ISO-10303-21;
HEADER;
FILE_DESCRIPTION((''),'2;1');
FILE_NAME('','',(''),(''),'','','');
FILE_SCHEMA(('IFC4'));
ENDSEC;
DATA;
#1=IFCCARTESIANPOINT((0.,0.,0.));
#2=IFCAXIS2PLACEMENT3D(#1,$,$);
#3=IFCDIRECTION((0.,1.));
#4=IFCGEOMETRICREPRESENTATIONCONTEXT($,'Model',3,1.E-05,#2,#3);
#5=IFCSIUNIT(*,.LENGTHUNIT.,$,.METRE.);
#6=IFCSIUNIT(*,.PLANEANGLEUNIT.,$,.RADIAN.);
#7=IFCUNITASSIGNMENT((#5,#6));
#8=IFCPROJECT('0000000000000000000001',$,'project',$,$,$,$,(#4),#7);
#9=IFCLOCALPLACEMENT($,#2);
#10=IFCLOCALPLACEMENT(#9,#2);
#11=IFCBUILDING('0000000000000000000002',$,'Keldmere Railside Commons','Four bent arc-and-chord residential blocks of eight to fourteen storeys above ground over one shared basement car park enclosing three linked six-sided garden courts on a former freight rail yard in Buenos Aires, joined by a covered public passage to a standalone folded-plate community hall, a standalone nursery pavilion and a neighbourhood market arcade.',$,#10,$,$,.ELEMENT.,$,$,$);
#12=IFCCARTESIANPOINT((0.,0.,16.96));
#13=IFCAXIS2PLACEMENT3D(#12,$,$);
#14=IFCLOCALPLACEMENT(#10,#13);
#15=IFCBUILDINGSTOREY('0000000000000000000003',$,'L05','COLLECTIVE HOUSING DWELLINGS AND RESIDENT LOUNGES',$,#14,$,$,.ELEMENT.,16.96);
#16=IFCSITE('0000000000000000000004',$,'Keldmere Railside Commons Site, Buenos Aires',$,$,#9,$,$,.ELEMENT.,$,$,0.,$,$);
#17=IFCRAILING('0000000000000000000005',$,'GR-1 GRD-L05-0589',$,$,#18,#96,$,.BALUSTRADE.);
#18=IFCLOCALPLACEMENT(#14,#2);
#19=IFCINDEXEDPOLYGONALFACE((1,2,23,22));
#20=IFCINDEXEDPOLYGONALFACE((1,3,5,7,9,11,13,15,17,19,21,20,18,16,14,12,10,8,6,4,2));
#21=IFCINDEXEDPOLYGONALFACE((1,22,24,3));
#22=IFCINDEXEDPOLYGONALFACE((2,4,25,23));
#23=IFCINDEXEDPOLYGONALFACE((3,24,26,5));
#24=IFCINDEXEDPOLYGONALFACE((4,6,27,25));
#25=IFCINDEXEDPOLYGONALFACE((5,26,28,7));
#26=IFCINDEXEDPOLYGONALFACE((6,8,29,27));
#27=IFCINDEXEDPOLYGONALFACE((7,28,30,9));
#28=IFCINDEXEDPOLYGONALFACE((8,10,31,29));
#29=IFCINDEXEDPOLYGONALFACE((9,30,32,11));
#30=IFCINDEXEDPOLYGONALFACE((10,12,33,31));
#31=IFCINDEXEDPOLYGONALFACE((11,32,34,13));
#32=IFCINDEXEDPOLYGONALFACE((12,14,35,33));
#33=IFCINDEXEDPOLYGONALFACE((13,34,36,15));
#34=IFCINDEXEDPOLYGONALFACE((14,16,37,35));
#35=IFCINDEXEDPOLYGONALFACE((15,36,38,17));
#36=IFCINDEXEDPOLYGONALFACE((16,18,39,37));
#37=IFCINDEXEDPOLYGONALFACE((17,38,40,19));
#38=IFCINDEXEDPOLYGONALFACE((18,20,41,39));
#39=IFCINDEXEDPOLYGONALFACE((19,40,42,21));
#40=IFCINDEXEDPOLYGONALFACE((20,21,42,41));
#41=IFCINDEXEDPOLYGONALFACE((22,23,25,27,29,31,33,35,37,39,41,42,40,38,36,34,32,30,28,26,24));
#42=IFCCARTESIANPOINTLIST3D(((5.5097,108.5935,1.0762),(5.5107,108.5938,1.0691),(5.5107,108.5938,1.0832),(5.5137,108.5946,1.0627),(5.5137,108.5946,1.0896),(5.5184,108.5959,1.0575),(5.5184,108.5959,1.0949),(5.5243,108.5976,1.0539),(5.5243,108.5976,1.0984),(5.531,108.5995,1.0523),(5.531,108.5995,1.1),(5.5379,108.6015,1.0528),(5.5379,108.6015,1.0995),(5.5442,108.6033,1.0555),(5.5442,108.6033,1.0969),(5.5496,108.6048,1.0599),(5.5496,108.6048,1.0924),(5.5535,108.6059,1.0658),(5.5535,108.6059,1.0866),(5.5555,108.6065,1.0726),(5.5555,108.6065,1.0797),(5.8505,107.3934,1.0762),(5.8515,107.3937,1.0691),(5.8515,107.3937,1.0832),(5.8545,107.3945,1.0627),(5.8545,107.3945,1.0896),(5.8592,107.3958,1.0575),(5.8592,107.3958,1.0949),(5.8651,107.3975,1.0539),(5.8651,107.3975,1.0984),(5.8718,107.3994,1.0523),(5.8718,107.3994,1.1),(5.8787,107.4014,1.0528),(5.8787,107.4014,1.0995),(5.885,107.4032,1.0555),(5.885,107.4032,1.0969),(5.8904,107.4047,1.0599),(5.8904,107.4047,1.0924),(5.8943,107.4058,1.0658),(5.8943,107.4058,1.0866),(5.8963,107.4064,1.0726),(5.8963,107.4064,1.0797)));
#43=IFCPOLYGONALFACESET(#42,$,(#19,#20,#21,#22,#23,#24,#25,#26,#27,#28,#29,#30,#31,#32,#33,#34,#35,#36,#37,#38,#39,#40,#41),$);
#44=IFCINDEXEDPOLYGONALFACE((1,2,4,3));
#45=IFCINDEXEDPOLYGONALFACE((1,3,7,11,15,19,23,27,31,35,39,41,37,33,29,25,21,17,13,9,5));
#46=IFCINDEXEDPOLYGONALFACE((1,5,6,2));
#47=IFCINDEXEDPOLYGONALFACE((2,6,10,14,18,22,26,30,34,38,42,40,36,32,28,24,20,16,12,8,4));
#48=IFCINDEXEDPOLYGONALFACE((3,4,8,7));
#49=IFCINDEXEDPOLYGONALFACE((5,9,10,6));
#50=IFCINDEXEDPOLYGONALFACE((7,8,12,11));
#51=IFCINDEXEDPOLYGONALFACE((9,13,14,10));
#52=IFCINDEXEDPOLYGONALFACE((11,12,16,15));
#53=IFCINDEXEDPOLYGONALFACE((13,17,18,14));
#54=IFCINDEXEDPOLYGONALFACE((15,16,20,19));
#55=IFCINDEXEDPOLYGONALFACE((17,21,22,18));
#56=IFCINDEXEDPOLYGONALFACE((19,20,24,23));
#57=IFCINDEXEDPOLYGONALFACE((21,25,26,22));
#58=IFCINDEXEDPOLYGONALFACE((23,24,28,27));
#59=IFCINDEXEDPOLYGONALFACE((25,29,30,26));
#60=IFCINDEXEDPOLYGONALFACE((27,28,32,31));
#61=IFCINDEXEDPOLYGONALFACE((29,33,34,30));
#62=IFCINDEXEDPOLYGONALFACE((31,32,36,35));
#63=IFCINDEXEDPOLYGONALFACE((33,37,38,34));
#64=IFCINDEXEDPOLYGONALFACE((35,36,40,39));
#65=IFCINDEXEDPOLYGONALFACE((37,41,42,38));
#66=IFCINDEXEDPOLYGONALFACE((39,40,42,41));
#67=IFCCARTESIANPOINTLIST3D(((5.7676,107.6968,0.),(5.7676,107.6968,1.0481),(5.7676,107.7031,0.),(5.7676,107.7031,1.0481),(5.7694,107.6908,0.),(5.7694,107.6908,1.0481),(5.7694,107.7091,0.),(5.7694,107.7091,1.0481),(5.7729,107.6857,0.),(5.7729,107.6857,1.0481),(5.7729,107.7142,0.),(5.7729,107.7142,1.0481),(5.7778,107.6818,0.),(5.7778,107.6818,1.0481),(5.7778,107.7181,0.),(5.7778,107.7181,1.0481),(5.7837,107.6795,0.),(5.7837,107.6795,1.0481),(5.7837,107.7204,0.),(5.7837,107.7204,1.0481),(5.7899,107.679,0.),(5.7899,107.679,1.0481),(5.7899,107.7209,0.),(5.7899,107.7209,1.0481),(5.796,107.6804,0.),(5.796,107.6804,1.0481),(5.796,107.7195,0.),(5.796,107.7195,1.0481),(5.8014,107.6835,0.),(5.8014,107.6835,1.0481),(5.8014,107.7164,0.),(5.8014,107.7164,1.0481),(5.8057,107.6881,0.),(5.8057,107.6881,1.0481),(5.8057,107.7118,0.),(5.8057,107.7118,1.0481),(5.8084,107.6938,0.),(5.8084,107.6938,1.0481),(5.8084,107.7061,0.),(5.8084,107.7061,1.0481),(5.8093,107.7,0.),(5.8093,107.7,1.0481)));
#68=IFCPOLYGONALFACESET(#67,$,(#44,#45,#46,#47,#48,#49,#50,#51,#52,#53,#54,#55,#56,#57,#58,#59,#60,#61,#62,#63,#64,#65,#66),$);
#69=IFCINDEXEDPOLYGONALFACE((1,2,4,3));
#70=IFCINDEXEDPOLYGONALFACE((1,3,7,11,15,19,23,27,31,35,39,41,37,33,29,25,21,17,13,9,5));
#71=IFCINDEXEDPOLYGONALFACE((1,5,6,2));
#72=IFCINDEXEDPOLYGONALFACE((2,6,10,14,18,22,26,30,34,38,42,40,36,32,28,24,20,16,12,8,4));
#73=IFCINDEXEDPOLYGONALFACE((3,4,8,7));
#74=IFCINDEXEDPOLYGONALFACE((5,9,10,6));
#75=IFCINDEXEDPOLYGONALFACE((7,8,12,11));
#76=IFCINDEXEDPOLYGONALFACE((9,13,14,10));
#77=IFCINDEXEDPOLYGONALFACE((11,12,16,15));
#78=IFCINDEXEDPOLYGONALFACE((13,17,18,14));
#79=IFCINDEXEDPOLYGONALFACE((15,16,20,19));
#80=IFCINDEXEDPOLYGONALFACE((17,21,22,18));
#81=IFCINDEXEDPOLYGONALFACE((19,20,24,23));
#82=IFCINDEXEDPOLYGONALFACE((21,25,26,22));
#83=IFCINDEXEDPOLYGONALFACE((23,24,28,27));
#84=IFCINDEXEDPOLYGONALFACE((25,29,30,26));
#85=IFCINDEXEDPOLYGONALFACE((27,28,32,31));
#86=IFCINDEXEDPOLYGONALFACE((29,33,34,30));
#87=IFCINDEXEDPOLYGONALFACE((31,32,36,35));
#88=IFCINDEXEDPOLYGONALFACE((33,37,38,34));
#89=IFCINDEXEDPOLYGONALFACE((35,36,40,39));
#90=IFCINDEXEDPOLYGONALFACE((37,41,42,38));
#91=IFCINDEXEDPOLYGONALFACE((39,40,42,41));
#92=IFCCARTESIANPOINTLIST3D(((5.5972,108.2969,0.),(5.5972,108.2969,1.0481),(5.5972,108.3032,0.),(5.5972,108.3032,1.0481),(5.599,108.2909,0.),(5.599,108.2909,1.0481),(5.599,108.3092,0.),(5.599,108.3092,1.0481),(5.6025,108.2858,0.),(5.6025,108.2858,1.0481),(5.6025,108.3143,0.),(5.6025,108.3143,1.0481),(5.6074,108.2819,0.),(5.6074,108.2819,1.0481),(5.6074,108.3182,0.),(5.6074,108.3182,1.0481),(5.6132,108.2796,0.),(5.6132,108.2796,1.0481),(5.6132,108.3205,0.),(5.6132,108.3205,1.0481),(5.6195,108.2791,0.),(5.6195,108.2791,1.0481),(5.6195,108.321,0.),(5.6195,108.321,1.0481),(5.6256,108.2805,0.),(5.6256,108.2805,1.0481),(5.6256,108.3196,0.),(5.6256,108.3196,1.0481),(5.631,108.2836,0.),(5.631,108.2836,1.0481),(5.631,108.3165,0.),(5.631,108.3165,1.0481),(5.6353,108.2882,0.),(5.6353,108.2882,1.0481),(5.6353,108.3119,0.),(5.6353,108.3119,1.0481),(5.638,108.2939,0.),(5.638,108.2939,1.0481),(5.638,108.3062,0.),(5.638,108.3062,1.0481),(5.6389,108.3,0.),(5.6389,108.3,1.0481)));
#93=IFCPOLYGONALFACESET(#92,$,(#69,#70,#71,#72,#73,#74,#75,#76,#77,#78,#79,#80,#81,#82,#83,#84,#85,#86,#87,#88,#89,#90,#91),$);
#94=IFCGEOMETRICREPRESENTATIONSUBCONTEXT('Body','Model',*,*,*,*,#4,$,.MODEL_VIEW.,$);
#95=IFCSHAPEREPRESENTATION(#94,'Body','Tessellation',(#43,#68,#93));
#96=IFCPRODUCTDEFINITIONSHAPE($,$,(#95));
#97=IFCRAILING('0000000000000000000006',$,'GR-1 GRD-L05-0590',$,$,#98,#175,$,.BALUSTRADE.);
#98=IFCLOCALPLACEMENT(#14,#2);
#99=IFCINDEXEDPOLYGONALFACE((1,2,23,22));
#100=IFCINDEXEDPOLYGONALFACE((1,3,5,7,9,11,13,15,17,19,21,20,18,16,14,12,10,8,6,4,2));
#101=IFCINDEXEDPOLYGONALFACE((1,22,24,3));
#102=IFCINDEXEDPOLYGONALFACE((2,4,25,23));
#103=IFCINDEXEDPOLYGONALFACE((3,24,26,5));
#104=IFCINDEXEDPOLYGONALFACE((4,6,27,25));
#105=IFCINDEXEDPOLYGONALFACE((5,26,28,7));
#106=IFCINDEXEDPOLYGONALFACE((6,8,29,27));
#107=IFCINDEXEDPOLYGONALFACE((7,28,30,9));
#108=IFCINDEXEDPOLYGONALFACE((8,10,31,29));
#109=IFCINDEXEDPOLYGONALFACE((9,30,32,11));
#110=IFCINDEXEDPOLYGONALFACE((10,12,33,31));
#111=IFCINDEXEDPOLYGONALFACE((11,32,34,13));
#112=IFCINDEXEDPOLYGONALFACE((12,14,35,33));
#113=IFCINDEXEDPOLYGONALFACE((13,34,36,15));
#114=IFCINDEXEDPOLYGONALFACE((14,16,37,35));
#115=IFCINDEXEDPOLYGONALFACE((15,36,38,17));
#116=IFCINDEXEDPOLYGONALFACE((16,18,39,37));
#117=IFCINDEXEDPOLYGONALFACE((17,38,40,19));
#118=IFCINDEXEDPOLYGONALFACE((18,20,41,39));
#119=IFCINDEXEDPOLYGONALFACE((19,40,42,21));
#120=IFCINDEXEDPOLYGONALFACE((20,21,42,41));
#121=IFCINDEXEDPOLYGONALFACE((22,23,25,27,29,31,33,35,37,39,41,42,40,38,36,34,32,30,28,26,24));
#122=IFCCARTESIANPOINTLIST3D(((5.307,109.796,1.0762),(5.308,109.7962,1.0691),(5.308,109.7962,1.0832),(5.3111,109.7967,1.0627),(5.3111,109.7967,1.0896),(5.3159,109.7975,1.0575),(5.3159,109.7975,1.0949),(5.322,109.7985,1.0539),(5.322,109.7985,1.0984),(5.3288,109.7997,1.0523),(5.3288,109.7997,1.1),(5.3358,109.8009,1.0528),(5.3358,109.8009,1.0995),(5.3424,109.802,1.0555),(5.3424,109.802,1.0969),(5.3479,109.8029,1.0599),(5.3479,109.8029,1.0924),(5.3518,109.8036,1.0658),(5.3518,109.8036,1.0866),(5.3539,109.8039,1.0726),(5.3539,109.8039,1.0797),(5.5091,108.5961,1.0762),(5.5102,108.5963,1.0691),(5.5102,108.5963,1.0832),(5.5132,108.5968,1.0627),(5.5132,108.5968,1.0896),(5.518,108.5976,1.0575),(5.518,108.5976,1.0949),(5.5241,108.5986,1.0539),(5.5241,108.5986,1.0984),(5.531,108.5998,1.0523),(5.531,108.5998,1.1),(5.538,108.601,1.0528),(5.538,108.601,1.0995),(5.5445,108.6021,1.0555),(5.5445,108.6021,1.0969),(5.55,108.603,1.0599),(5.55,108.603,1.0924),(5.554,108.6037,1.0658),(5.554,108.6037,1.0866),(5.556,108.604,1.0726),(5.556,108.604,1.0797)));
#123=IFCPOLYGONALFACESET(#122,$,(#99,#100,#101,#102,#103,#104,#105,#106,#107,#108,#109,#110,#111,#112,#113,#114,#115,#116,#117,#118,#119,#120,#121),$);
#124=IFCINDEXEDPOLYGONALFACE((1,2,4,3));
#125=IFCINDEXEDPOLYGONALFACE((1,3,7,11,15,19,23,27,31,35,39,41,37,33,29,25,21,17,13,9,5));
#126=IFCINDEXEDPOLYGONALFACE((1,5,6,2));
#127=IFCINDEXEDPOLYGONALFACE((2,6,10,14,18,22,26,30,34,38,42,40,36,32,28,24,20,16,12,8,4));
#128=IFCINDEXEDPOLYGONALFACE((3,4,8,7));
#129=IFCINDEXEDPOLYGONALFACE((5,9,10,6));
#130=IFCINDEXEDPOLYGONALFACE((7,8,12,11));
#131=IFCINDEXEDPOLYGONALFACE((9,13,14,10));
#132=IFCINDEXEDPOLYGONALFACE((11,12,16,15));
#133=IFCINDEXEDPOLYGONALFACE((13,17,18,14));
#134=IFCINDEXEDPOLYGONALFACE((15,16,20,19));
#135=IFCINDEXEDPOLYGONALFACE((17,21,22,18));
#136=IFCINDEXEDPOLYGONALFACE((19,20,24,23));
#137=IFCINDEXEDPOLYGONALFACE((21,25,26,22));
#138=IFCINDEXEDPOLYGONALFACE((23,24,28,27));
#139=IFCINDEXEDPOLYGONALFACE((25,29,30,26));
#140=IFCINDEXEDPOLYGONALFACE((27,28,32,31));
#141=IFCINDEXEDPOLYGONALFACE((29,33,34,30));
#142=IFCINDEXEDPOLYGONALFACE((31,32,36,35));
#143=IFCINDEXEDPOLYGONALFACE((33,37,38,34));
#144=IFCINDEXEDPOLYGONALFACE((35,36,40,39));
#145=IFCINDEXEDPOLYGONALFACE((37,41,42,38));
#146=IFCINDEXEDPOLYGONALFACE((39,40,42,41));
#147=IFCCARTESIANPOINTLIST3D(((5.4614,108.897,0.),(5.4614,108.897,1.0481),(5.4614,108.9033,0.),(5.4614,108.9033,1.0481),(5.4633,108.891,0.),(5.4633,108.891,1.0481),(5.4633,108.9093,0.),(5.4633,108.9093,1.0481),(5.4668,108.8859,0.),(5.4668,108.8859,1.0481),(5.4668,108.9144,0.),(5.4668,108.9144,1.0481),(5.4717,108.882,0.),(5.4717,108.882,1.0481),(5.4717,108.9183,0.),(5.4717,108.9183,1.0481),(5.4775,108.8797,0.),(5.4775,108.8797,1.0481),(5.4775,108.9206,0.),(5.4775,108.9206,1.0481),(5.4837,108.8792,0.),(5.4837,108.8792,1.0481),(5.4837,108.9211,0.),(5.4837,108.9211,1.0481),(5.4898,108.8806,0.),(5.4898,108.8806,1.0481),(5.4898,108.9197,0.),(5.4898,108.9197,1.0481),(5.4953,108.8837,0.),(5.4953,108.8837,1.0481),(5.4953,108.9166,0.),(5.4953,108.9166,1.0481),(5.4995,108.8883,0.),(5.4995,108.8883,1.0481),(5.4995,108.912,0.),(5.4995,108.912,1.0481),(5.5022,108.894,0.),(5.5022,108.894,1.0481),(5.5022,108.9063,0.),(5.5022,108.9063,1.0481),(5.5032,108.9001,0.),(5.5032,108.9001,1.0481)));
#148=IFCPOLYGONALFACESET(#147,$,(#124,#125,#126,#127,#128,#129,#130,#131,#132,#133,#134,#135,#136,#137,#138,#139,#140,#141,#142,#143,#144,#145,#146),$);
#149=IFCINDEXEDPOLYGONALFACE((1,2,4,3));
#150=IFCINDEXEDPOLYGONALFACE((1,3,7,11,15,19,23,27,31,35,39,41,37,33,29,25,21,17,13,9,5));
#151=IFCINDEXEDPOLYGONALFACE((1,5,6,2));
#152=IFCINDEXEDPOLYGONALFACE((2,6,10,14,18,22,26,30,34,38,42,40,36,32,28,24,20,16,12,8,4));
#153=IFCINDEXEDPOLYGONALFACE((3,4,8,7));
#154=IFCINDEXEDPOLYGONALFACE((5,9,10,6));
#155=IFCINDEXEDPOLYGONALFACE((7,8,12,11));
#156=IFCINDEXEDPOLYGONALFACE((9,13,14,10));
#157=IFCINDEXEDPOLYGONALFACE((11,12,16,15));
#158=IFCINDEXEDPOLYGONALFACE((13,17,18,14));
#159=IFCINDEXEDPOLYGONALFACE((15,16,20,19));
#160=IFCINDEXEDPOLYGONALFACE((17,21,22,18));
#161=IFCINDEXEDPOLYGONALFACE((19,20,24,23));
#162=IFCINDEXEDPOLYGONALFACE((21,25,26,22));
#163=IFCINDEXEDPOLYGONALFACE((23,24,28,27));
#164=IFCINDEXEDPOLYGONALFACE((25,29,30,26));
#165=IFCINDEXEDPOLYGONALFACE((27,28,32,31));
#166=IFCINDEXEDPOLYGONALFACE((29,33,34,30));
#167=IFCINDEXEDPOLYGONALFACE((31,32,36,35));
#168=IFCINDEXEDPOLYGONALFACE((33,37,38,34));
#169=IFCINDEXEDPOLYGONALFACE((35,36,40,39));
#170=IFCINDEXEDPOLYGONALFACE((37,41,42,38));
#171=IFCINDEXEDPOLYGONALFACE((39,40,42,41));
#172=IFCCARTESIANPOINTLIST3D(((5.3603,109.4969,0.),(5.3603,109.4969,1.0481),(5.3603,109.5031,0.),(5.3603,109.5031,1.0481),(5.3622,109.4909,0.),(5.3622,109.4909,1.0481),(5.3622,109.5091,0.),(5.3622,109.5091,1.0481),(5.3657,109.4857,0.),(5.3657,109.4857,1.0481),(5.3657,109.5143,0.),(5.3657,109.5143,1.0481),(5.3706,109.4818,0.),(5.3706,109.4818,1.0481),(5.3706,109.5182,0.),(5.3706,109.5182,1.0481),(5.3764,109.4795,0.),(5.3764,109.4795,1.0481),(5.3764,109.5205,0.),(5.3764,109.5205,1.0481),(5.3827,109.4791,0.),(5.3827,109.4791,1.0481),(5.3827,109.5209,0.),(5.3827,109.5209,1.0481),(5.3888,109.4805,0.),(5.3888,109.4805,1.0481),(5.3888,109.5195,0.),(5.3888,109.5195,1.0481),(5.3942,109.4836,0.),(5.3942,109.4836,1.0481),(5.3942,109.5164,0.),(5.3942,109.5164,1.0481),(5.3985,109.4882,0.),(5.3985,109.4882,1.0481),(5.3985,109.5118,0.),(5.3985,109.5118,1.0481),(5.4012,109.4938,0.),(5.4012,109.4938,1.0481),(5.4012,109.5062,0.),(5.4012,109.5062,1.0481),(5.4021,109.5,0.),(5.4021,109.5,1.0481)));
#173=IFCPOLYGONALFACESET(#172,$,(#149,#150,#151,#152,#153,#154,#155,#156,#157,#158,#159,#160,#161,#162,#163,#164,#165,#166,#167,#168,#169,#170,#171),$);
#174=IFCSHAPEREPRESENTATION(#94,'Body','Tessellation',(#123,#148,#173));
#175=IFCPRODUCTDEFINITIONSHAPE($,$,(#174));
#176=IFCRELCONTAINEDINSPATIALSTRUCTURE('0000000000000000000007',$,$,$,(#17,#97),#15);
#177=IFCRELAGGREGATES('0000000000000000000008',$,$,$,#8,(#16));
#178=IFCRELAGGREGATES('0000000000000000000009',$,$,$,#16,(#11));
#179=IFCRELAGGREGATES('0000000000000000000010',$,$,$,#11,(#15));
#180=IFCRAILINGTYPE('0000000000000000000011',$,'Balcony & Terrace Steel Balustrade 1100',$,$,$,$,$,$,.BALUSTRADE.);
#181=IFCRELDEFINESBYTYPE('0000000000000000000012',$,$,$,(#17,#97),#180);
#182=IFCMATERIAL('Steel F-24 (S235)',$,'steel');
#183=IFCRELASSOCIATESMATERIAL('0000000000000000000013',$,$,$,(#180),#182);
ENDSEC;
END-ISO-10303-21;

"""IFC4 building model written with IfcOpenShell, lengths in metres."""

from ifc_helpers import new_model, si_unit, direction, frame, origin, origin_2d, place, context, subcontext, project, spatial, circle, extrude, material, type_object, element, save


model = new_model("IFC4")

# Units and contexts
model_context = context("Model", 3, precision=1e-05, world=origin(), true_north=direction((0.0, 1.0)))
body_context = subcontext(model_context, "Body", "Model", "MODEL_VIEW")
ifc_project = project(units=[si_unit("LENGTHUNIT", "METRE"), si_unit("PLANEANGLEUNIT", "RADIAN")], contexts=[model_context])

# Site, building, storey
site_placement = place(None, origin())
site = spatial("IfcSite", under=ifc_project, at=site_placement, Name="Keldmere Railside Commons Site, Buenos Aires", CompositionType="ELEMENT", RefElevation=0.0)
building_placement = place(site_placement, origin())
building = spatial("IfcBuilding", under=site, at=building_placement, Name="Keldmere Railside Commons", Description="Four bent arc-and-chord residential blocks of eight to fourteen storeys above ground over one shared basement car park enclosing three linked six-sided garden courts on a former freight rail yard in Buenos Aires, joined by a covered public passage to a standalone folded-plate community hall, a standalone nursery pavilion and a neighbourhood market arcade.", CompositionType="ELEMENT")
storey_placement = place(building_placement, frame((0.0, 0.0, 16.96)))
storey = spatial("IfcBuildingStorey", under=building, at=storey_placement, Name="L05", Description="COLLECTIVE HOUSING DWELLINGS AND RESIDENT LOUNGES", CompositionType="ELEMENT", Elevation=16.96)

# Railings
ifc_material_1 = material(Name="Steel F-24 (S235)", Category="steel")
railing_type = type_object("IfcRailingType", Name="Balcony & Terrace Steel Balustrade 1100", PredefinedType="BALUSTRADE", material=ifc_material_1)
railing_1_placement = place(storey_placement, frame((5.8735, 107.3999, 0.0)))
element("IfcRailing", 1, at=railing_1_placement, inside=storey, type_object=railing_type, Name="GR-1 GRD-L05-0589", PredefinedType="BALUSTRADE", context=body_context, shape_type="SweptSolid", body=[
    extrude(circle(Radius=0.0239, at=origin_2d()), frame((0.0, 0.0, 1.0762), z_axis=(-0.27317, 0.961966, 0.0), x_axis=(-0.961966, -0.27317, 0.0)), (0.0, 0.0, 1.0), 1.2476),
    extrude(circle(Radius=0.021, at=origin_2d()), frame((-0.0852, 0.3, 0.0)), (0.0, 0.0, 1.0), 1.0481),
    extrude(circle(Radius=0.021, at=origin_2d()), frame((-0.2556, 0.9001, 0.0)), (0.0, 0.0, 1.0), 1.0481),
])
railing_2_placement = place(storey_placement, frame((5.5327, 108.6001, 0.0)))
element("IfcRailing", 2, at=railing_2_placement, inside=storey, type_object=railing_type, Name="GR-1 GRD-L05-0590", PredefinedType="BALUSTRADE", context=body_context, shape_type="SweptSolid", body=[
    extrude(circle(Radius=0.0239, at=origin_2d()), frame((0.0, 0.0, 1.0762), z_axis=(-0.166123, 0.986105, 0.0), x_axis=(-0.986105, -0.166123, 0.0)), (0.0, 0.0, 1.0), 1.2168),
    extrude(circle(Radius=0.021, at=origin_2d()), frame((-0.0505, 0.3, 0.0)), (0.0, 0.0, 1.0), 1.0481),
    extrude(circle(Radius=0.021, at=origin_2d()), frame((-0.1516, 0.8999, 0.0)), (0.0, 0.0, 1.0), 1.0481),
])

save(model, "model.ifc")
